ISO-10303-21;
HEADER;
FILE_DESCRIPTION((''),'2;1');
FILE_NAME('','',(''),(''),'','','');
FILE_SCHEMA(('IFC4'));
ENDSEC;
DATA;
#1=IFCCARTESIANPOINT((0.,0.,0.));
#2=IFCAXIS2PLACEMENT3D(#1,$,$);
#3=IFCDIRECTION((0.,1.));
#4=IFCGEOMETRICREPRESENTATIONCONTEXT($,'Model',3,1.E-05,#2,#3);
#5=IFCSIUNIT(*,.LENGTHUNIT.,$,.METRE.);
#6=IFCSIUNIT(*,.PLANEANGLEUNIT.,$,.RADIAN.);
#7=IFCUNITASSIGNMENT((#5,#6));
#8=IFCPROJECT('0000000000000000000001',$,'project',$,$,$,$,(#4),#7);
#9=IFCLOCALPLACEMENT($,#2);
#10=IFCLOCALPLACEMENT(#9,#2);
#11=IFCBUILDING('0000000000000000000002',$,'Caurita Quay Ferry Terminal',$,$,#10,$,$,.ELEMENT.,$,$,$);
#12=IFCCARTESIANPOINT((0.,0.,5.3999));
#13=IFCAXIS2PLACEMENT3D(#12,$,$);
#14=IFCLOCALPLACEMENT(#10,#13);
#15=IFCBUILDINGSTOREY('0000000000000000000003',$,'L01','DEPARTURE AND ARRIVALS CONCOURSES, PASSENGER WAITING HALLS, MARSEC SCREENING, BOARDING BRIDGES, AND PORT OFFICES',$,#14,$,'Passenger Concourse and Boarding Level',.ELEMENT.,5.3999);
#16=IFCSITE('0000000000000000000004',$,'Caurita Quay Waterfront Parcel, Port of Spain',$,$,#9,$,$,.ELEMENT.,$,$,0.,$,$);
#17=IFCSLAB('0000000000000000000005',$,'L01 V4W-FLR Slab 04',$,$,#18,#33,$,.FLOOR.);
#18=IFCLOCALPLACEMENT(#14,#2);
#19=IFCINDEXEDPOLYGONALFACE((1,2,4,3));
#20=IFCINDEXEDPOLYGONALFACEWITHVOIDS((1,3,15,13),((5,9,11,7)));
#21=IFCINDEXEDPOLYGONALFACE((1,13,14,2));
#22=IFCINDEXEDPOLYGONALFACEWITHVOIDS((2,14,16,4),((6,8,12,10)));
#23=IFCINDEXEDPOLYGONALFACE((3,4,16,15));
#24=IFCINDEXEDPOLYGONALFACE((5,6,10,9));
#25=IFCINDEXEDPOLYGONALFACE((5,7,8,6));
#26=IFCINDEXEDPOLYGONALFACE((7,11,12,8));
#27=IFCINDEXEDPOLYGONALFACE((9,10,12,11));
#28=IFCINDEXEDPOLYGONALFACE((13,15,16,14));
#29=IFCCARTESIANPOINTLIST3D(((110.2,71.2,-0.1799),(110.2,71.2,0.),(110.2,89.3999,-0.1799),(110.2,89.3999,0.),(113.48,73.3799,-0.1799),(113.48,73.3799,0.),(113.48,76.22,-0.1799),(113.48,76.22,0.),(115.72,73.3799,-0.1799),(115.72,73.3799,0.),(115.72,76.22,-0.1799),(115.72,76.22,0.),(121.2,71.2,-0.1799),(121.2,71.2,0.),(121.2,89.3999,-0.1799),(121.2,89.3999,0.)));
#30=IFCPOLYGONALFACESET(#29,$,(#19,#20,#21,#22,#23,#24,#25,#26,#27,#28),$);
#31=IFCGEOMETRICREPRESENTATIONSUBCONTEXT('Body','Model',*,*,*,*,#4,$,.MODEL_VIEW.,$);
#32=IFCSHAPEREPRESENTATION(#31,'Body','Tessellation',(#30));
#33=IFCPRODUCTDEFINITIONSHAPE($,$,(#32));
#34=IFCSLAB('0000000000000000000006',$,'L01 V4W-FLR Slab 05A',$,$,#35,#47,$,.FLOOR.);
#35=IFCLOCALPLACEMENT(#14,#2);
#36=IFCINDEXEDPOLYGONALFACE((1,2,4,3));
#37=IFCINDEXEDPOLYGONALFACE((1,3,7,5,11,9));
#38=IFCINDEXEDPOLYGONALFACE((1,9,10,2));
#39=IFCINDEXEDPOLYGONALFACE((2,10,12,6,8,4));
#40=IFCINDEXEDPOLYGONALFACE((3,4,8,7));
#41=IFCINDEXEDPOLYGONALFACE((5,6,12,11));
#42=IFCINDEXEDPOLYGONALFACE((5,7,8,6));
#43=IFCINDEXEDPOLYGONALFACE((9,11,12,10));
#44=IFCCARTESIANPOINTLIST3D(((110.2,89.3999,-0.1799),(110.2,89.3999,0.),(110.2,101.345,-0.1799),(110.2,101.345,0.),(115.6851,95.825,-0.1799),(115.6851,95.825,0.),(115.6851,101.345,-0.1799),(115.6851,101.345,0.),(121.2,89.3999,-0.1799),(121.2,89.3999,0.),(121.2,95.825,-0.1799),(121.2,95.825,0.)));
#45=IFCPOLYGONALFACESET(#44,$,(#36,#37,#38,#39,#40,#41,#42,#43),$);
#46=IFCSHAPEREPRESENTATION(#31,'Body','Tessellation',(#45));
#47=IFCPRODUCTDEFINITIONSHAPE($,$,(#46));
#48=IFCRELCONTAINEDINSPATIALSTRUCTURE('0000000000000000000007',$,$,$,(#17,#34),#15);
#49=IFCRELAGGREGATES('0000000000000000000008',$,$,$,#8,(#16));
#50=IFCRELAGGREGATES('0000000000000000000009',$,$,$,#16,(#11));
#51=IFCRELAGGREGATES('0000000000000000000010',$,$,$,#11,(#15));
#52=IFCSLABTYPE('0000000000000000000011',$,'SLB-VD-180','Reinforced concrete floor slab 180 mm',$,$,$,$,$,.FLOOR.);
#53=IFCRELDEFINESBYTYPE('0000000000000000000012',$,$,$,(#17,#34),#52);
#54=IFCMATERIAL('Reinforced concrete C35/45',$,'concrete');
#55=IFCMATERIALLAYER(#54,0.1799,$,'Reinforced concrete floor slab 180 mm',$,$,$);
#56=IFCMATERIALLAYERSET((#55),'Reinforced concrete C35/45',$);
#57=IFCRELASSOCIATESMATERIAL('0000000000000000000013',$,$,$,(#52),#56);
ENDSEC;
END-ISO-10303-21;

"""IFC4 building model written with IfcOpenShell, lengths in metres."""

from ifc_helpers import new_model, si_unit, direction, frame, origin, place, context, subcontext, project, spatial, polyline, outline, extrude, material, layer, layer_set, type_object, element, save


model = new_model("IFC4")

# Units and contexts
model_context = context("Model", 3, precision=1e-05, world=origin(), true_north=direction((0.0, 1.0)))
body_context = subcontext(model_context, "Body", "Model", "MODEL_VIEW")
ifc_project = project(units=[si_unit("LENGTHUNIT", "METRE"), si_unit("PLANEANGLEUNIT", "RADIAN")], contexts=[model_context])

# Site, building, storey
site_placement = place(None, origin())
site = spatial("IfcSite", under=ifc_project, at=site_placement, Name="Caurita Quay Waterfront Parcel, Port of Spain", CompositionType="ELEMENT", RefElevation=0.0)
building_placement = place(site_placement, origin())
building = spatial("IfcBuilding", under=site, at=building_placement, Name="Caurita Quay Ferry Terminal", CompositionType="ELEMENT")
storey_placement = place(building_placement, frame((0.0, 0.0, 5.3999)))
storey = spatial("IfcBuildingStorey", under=building, at=storey_placement, Name="L01", Description="DEPARTURE AND ARRIVALS CONCOURSES, PASSENGER WAITING HALLS, MARSEC SCREENING, BOARDING BRIDGES, AND PORT OFFICES", LongName="Passenger Concourse and Boarding Level", CompositionType="ELEMENT", Elevation=5.3999)

# Slabs
ifc_material = material(Name="Reinforced concrete C35/45", Category="concrete")
ifc_layer_1 = layer(ifc_material, 0.1799, Name="Reinforced concrete floor slab 180 mm")
ifc_layer_set_1 = layer_set([ifc_layer_1], Name="Reinforced concrete C35/45")
slab_type_1 = type_object("IfcSlabType", Name="SLB-VD-180", Description="Reinforced concrete floor slab 180 mm", PredefinedType="FLOOR", material=ifc_layer_set_1)
slab_1_placement = place(storey_placement, frame((0.0, 0.0, -0.1799)))
element("IfcSlab", 1, at=slab_1_placement, inside=storey, type_object=slab_type_1, Name="L01 V4W-FLR Slab 04", PredefinedType="FLOOR", context=body_context, shape_type="SweptSolid", body=[
    extrude(outline(polyline([(110.2, 71.2), (121.2, 71.2), (121.2, 89.3999), (110.2, 89.3999), (110.2, 71.2)]), holes=[polyline([(113.48, 73.3799), (115.72, 73.3799), (115.72, 76.22), (113.48, 76.22), (113.48, 73.3799)])]), origin(), (0.0, 0.0, 1.0), 0.1799),
])
slab_2_placement = place(storey_placement, frame((0.0, 0.0, -0.1799)))
element("IfcSlab", 2, at=slab_2_placement, inside=storey, type_object=slab_type_1, Name="L01 V4W-FLR Slab 05A", PredefinedType="FLOOR", context=body_context, shape_type="SweptSolid", body=[
    extrude(outline(polyline([(110.2, 89.3999), (121.2, 89.3999), (121.2, 95.825), (115.6851, 95.825), (115.6851, 101.345), (110.2, 101.345), (110.2, 89.3999)])), origin(), (0.0, 0.0, 1.0), 0.1799),
])

save(model, "model.ifc")
